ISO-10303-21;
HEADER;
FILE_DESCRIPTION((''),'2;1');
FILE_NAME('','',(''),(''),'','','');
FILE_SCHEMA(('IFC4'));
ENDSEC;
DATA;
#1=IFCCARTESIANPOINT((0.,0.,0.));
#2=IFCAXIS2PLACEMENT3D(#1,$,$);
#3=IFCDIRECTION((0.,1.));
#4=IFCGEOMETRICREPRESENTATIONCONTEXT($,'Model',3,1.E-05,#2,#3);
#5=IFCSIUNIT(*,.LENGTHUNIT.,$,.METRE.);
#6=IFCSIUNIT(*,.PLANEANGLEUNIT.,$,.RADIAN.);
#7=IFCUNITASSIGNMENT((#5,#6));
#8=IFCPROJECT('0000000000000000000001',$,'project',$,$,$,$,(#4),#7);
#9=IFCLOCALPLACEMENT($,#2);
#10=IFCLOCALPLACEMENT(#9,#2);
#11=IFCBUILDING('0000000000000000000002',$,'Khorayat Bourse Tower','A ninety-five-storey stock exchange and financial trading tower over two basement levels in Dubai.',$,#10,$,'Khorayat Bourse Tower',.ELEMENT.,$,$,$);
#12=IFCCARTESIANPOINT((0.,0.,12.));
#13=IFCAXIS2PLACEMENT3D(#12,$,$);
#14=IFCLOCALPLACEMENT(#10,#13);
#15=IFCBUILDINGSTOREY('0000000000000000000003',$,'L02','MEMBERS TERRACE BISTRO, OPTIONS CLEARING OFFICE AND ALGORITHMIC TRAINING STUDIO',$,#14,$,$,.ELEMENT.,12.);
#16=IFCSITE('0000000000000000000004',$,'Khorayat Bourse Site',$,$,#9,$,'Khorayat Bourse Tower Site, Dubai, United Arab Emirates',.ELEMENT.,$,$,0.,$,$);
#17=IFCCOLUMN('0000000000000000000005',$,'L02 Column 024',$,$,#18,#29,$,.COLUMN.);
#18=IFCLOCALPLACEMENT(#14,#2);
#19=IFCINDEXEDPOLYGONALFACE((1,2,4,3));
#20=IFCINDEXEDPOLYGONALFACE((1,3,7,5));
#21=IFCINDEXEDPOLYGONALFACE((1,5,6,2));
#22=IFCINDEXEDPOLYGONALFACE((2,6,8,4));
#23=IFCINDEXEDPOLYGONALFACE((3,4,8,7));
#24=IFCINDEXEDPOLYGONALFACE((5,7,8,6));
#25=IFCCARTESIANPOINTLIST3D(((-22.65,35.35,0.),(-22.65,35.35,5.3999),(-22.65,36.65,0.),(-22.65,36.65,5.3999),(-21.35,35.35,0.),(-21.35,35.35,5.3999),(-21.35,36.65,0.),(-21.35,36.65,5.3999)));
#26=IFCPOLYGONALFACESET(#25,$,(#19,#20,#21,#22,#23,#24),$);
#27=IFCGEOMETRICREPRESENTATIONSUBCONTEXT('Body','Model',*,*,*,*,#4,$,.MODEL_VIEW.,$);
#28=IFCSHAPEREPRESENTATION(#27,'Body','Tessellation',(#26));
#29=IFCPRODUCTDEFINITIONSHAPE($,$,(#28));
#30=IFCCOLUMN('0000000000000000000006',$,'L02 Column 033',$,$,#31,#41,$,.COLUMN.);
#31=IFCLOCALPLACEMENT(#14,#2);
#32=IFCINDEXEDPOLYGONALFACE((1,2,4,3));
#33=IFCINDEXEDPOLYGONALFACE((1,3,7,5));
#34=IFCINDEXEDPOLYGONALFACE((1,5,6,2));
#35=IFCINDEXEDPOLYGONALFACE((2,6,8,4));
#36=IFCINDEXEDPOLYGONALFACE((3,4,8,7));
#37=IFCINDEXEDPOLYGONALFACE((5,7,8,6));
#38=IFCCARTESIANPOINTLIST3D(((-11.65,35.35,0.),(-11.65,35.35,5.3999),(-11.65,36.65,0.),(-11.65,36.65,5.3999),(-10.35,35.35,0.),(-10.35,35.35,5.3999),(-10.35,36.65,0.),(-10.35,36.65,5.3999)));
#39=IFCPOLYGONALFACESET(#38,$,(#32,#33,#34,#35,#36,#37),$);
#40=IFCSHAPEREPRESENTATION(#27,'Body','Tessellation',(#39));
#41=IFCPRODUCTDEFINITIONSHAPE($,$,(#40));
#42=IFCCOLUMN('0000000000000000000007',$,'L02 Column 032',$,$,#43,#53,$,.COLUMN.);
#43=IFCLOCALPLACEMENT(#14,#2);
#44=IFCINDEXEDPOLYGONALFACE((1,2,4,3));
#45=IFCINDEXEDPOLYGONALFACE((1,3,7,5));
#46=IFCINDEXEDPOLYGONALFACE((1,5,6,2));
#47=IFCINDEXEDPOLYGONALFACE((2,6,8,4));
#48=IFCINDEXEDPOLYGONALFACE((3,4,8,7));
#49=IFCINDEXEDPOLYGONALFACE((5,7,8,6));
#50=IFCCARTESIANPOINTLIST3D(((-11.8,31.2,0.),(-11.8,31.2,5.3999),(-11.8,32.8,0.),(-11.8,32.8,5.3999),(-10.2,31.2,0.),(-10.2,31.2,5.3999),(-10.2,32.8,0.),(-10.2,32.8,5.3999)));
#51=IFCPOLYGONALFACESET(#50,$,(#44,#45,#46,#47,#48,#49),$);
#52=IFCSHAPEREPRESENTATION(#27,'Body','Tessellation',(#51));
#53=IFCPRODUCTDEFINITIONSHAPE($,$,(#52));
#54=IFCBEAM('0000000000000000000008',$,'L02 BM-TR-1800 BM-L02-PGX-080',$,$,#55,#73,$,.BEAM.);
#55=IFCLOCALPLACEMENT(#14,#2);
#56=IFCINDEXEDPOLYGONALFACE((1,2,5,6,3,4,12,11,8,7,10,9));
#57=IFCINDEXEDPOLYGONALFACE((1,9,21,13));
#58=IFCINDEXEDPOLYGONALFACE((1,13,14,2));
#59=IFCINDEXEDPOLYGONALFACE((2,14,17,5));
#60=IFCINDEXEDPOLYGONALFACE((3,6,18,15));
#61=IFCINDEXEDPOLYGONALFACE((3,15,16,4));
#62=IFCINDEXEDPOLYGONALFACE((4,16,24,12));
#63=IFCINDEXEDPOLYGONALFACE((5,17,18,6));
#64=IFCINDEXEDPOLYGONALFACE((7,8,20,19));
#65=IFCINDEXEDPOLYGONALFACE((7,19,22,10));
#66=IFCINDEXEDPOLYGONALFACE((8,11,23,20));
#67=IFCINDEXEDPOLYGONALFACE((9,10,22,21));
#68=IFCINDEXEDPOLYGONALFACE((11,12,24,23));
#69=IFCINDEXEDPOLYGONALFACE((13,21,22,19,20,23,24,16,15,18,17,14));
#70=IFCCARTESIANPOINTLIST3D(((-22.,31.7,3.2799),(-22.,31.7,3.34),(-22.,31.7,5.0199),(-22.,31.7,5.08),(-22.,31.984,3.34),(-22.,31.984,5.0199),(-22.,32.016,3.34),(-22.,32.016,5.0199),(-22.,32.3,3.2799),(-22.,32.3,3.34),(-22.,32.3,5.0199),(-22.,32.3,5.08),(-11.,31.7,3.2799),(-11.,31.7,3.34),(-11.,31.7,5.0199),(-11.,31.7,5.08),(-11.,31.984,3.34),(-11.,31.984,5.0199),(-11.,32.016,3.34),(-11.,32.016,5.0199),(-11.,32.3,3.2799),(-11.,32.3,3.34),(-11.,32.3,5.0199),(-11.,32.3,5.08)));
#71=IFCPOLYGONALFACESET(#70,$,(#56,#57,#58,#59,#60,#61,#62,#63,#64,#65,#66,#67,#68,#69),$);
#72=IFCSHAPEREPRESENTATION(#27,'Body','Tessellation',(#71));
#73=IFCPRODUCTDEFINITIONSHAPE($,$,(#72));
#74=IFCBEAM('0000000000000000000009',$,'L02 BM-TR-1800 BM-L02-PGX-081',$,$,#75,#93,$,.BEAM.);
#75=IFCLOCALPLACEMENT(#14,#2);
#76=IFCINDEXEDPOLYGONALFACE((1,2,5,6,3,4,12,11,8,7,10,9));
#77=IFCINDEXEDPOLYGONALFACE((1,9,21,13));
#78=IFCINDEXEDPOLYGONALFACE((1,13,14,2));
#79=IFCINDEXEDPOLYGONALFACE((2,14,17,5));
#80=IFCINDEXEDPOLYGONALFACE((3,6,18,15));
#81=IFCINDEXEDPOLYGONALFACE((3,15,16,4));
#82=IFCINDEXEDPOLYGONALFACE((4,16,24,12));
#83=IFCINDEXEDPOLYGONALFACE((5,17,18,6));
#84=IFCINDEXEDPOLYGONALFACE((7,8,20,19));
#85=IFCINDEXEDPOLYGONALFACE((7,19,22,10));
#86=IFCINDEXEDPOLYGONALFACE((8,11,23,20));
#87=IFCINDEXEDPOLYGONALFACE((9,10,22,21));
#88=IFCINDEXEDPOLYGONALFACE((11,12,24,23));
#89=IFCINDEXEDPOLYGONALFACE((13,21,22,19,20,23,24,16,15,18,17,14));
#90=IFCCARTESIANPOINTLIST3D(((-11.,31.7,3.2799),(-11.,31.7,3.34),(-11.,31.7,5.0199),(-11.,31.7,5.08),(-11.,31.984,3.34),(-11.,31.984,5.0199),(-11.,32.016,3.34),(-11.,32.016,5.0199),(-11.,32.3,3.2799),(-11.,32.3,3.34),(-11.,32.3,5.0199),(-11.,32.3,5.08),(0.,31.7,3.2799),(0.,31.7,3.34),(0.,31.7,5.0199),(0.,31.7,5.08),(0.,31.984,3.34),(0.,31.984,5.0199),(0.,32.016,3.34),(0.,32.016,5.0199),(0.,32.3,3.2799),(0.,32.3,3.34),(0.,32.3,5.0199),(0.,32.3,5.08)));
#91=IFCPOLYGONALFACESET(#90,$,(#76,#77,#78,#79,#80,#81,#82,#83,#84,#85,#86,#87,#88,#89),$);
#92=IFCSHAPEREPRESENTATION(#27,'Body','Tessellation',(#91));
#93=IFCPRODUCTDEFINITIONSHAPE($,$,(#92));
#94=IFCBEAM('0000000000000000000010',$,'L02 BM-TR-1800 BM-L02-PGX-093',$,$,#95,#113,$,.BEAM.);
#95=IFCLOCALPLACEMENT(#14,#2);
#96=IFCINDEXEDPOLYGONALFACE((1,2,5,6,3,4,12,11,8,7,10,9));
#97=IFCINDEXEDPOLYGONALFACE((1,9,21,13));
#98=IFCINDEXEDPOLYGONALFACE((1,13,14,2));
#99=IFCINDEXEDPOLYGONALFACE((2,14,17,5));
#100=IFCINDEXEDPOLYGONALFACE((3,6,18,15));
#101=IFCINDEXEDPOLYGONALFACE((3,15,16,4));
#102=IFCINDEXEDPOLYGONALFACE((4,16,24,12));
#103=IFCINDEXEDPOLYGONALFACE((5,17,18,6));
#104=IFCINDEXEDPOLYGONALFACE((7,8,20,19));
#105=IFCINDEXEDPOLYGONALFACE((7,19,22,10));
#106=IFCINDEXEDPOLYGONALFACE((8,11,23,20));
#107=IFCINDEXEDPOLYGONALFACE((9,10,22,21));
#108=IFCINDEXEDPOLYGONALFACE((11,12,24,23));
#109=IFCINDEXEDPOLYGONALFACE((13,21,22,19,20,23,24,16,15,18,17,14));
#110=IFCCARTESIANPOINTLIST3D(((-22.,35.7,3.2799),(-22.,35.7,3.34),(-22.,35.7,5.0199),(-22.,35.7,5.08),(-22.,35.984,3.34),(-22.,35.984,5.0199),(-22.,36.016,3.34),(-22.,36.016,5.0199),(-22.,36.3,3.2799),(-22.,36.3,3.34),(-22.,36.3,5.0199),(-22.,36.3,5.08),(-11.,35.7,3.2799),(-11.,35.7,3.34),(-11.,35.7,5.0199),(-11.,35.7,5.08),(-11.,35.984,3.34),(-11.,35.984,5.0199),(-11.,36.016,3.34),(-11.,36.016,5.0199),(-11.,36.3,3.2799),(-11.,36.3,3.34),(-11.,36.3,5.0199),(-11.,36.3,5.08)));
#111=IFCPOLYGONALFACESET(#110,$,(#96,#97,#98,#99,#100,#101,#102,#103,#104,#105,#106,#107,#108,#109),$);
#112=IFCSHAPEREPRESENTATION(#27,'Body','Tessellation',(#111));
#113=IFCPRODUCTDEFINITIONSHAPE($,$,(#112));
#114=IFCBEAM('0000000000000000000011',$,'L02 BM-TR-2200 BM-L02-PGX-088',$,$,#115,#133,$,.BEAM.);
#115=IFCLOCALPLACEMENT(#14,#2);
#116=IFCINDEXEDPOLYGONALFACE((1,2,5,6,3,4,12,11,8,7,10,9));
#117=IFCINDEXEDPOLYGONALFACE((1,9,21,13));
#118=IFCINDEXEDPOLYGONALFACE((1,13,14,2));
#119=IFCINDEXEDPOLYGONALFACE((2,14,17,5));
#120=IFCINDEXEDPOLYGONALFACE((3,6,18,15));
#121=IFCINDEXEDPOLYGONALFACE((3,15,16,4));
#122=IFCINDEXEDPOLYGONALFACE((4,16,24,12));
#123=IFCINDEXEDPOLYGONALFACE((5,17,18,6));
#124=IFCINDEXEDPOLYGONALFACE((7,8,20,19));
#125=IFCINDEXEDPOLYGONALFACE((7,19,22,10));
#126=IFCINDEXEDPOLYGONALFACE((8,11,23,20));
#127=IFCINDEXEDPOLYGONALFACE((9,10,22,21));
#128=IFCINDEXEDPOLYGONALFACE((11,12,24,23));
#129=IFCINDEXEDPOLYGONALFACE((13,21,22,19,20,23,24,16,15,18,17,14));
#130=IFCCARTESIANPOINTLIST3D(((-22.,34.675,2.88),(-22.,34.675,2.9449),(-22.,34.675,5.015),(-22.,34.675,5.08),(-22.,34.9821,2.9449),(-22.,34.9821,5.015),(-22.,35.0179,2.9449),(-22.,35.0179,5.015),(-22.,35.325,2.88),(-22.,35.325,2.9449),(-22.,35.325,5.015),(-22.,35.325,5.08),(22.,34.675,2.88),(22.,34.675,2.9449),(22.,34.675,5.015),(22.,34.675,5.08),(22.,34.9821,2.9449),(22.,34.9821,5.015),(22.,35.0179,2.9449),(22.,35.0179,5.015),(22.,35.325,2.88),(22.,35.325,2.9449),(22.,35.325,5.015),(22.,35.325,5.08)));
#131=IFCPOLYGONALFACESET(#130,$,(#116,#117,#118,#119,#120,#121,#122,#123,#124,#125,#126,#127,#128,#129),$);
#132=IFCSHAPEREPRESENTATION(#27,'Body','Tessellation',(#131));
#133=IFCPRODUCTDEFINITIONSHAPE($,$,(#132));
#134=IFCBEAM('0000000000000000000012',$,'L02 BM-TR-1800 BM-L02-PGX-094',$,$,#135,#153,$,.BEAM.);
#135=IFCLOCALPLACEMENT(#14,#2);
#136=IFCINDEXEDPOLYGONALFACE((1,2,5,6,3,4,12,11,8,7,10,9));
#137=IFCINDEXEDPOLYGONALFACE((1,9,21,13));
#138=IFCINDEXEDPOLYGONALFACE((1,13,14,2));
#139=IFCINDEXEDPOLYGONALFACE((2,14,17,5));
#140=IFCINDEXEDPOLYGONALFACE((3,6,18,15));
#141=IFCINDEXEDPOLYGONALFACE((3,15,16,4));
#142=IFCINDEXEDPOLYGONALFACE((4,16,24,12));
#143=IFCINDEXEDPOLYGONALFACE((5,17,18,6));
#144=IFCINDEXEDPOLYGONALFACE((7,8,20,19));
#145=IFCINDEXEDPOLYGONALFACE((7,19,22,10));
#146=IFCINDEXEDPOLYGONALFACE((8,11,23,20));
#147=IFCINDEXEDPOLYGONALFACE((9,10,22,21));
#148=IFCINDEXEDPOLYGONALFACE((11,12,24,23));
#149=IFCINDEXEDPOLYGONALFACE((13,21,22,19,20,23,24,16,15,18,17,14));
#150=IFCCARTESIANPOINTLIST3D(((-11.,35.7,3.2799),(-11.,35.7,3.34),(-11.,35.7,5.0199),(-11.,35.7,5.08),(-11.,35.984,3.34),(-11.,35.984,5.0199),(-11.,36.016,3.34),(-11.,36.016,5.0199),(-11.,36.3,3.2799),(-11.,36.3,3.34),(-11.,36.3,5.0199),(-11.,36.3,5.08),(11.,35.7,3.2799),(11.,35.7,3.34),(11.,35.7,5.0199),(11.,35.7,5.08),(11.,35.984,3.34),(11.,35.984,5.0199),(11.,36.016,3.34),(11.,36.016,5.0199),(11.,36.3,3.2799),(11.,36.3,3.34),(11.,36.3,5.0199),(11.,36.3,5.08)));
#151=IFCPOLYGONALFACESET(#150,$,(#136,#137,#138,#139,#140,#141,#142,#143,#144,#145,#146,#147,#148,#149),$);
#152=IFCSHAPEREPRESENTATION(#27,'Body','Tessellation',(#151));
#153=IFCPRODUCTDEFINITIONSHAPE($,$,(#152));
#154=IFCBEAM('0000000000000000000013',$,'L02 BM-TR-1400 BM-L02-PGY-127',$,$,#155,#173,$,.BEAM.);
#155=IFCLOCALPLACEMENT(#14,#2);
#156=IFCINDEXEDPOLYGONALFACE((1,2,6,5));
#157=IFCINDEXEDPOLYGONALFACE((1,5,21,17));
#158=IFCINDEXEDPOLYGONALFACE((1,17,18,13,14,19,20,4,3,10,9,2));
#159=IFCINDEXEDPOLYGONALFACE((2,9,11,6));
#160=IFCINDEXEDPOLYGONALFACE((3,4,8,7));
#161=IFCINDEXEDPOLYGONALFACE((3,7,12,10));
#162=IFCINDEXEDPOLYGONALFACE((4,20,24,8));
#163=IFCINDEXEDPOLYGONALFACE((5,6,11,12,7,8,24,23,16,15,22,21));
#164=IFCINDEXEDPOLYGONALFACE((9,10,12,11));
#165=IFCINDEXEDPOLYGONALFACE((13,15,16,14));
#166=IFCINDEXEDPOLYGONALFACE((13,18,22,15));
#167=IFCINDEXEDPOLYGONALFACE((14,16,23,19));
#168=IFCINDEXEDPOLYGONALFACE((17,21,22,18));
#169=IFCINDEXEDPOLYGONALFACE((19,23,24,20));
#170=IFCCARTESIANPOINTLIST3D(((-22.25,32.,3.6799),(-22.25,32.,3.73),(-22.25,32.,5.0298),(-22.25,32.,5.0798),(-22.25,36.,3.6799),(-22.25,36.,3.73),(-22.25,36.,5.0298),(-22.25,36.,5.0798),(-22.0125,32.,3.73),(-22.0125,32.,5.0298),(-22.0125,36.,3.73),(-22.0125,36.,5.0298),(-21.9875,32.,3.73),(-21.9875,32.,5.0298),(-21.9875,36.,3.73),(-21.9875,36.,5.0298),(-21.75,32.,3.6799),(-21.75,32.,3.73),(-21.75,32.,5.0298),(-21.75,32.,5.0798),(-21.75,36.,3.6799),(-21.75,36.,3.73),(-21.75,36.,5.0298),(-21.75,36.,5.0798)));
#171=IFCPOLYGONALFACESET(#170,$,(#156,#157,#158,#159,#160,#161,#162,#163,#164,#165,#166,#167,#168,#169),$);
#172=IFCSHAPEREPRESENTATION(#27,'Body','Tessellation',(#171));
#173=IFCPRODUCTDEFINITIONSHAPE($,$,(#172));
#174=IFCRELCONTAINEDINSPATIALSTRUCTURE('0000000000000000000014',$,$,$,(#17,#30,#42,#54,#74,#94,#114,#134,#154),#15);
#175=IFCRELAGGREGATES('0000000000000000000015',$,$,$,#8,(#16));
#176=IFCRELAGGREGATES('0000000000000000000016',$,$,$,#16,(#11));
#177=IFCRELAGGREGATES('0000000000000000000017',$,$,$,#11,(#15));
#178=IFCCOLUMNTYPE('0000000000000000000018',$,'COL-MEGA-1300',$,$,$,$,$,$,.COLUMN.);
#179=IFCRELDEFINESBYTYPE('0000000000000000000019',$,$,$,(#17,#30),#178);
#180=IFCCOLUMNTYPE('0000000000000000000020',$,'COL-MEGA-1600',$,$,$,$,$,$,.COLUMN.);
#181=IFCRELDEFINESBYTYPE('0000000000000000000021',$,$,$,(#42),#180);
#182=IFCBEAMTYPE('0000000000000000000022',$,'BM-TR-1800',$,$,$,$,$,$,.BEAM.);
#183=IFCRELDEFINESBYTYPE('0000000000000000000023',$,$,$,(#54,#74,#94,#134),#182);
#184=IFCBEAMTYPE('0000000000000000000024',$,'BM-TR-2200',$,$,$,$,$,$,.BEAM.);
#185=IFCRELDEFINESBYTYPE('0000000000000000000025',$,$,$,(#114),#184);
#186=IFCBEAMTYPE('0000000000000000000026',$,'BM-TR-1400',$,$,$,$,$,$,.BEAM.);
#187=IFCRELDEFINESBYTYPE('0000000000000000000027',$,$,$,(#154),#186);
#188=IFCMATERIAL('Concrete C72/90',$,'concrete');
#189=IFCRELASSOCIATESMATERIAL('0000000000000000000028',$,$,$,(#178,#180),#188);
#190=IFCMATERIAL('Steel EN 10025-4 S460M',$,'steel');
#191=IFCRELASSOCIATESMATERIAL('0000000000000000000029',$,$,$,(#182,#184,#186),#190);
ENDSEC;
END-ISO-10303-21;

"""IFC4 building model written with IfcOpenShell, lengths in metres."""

from ifc_helpers import new_model, si_unit, direction, frame, origin, origin_2d, place, context, subcontext, project, spatial, rectangle, i_section, extrude, source, transform, mapped, material, material_profile, profile_set, type_object, element, save


model = new_model("IFC4")

# Units and contexts
model_context = context("Model", 3, precision=1e-05, world=origin(), true_north=direction((0.0, 1.0)))
body_context = subcontext(model_context, "Body", "Model", "MODEL_VIEW")
ifc_project = project(units=[si_unit("LENGTHUNIT", "METRE"), si_unit("PLANEANGLEUNIT", "RADIAN")], contexts=[model_context])

# Site, building, storey
site_placement = place(None, origin())
site = spatial("IfcSite", under=ifc_project, at=site_placement, Name="Khorayat Bourse Site", LongName="Khorayat Bourse Tower Site, Dubai, United Arab Emirates", CompositionType="ELEMENT", RefElevation=0.0)
building_placement = place(site_placement, origin())
building = spatial("IfcBuilding", under=site, at=building_placement, Name="Khorayat Bourse Tower", Description="A ninety-five-storey stock exchange and financial trading tower over two basement levels in Dubai.", LongName="Khorayat Bourse Tower", CompositionType="ELEMENT")
storey_placement = place(building_placement, frame((0.0, 0.0, 12.0)))
storey = spatial("IfcBuildingStorey", under=building, at=storey_placement, Name="L02", Description="MEMBERS TERRACE BISTRO, OPTIONS CLEARING OFFICE AND ALGORITHMIC TRAINING STUDIO", CompositionType="ELEMENT", Elevation=12.0)

# Columns
ifc_material_1 = material(Name="Concrete C72/90", Category="concrete")
ifc_material_profile_1 = material_profile(ifc_material_1, rectangle(XDim=1.3, YDim=1.3, at=origin_2d()), Name="RC 1300x1300")
ifc_profile_set_1 = profile_set([ifc_material_profile_1], Name="Concrete C72/90")
column_type_1 = type_object("IfcColumnType", Name="COL-MEGA-1300", PredefinedType="COLUMN", material=ifc_profile_set_1)
shared_shape_1 = source(origin(), body_context, "Body", "SweptSolid", [
    extrude(rectangle(XDim=1.3, YDim=1.3, at=origin_2d()), origin(), (0.0, 0.0, 1.0), 5.3999),
])
for number, where, z_axis, x_axis, name in (
    (1, (-22.0, 36.0, 0.0), (0.0, 0.0, 1.0), (1.0, 0.0, 0.0), "L02 Column 024"),
    (2, (-11.0, 36.0, 0.0), (0.0, 0.0, 1.0), (1.0, 0.0, 0.0), "L02 Column 033"),
):
    element("IfcColumn", number, at=place(storey_placement, frame(where, z_axis=z_axis, x_axis=x_axis)), inside=storey, type_object=column_type_1, Name=name, PredefinedType="COLUMN", context=body_context, shape_type="MappedRepresentation", body=[
        mapped(shared_shape_1, transform((0.0, 0.0, 0.0), scale=1.0)),
    ])
ifc_material_profile_2 = material_profile(ifc_material_1, rectangle(XDim=1.6001, YDim=1.6001, at=origin_2d()), Name="RC 1600x1600")
ifc_profile_set_2 = profile_set([ifc_material_profile_2], Name="Concrete C72/90")
column_type_2 = type_object("IfcColumnType", Name="COL-MEGA-1600", PredefinedType="COLUMN", material=ifc_profile_set_2)
shared_shape_2 = source(origin(), body_context, "Body", "SweptSolid", [
    extrude(rectangle(XDim=1.6001, YDim=1.6001, at=origin_2d()), origin(), (0.0, 0.0, 1.0), 5.3999),
])
column_placement = place(storey_placement, frame((-11.0, 32.0, 0.0), z_axis=(0.0, 0.0, 1.0), x_axis=(1.0, 0.0, 0.0)))
element("IfcColumn", 3, at=column_placement, inside=storey, type_object=column_type_2, Name="L02 Column 032", PredefinedType="COLUMN", context=body_context, shape_type="MappedRepresentation", body=[
    mapped(shared_shape_2, transform((0.0, 0.0, 0.0), scale=1.0)),
])

# Beams
ifc_material_2 = material(Name="Steel EN 10025-4 S460M", Category="steel")
ifc_material_profile_3 = material_profile(ifc_material_2, i_section(OverallWidth=0.6001, OverallDepth=1.8, WebThickness=0.032, FlangeThickness=0.0601, at=origin_2d()), Name="PG 1800x600x32x60")
ifc_profile_set_3 = profile_set([ifc_material_profile_3], Name="Steel EN 10025-4 S460M")
beam_type_1 = type_object("IfcBeamType", Name="BM-TR-1800", PredefinedType="BEAM", material=ifc_profile_set_3)
shared_shape_3 = source(origin(), body_context, "Body", "SweptSolid", [
    extrude(i_section(OverallWidth=0.6001, OverallDepth=1.8, WebThickness=0.032, FlangeThickness=0.0601, at=origin_2d()), origin(), (0.0, 0.0, 1.0), 11.0),
])
for number, where, z_axis, x_axis, name in (
    (4, (-22.0, 32.0, 4.1799), (1.0, 0.0, 0.0), (0.0, 1.0, 0.0), "L02 BM-TR-1800 BM-L02-PGX-080"),
    (5, (-11.0, 32.0, 4.1799), (1.0, 0.0, 0.0), (0.0, 1.0, 0.0), "L02 BM-TR-1800 BM-L02-PGX-081"),
    (6, (-22.0, 36.0, 4.1799), (1.0, 0.0, 0.0), (0.0, 1.0, 0.0), "L02 BM-TR-1800 BM-L02-PGX-093"),
):
    element("IfcBeam", number, at=place(storey_placement, frame(where, z_axis=z_axis, x_axis=x_axis)), inside=storey, type_object=beam_type_1, Name=name, PredefinedType="BEAM", context=body_context, shape_type="MappedRepresentation", body=[
        mapped(shared_shape_3, transform((0.0, 0.0, 0.0), scale=1.0)),
    ])
ifc_material_profile_4 = material_profile(ifc_material_2, i_section(OverallWidth=0.6499, OverallDepth=2.2, WebThickness=0.0359, FlangeThickness=0.0649, at=origin_2d()), Name="PG 2200x650x36x65")
ifc_profile_set_4 = profile_set([ifc_material_profile_4], Name="Steel EN 10025-4 S460M")
beam_type_2 = type_object("IfcBeamType", Name="BM-TR-2200", PredefinedType="BEAM", material=ifc_profile_set_4)
shared_shape_4 = source(origin(), body_context, "Body", "SweptSolid", [
    extrude(i_section(OverallWidth=0.6499, OverallDepth=2.2, WebThickness=0.0359, FlangeThickness=0.0649, at=origin_2d()), origin(), (0.0, 0.0, 1.0), 44.0),
])
beam_1_placement = place(storey_placement, frame((-22.0, 35.0, 3.98), z_axis=(1.0, 0.0, 0.0), x_axis=(0.0, 1.0, 0.0)))
element("IfcBeam", 7, at=beam_1_placement, inside=storey, type_object=beam_type_2, Name="L02 BM-TR-2200 BM-L02-PGX-088", PredefinedType="BEAM", context=body_context, shape_type="MappedRepresentation", body=[
    mapped(shared_shape_4, transform((0.0, 0.0, 0.0), scale=1.0)),
])
shared_shape_5 = source(origin(), body_context, "Body", "SweptSolid", [
    extrude(i_section(OverallWidth=0.6001, OverallDepth=1.8, WebThickness=0.032, FlangeThickness=0.0601, at=origin_2d()), origin(), (0.0, 0.0, 1.0), 22.0),
])
beam_2_placement = place(storey_placement, frame((-11.0, 36.0, 4.1799), z_axis=(1.0, 0.0, 0.0), x_axis=(0.0, 1.0, 0.0)))
element("IfcBeam", 8, at=beam_2_placement, inside=storey, type_object=beam_type_1, Name="L02 BM-TR-1800 BM-L02-PGX-094", PredefinedType="BEAM", context=body_context, shape_type="MappedRepresentation", body=[
    mapped(shared_shape_5, transform((0.0, 0.0, 0.0), scale=1.0)),
])
ifc_material_profile_5 = material_profile(ifc_material_2, i_section(OverallWidth=0.5, OverallDepth=1.3999, WebThickness=0.0249, FlangeThickness=0.05, at=origin_2d()), Name="PG 1400x500x25x50")
ifc_profile_set_5 = profile_set([ifc_material_profile_5], Name="Steel EN 10025-4 S460M")
beam_type_3 = type_object("IfcBeamType", Name="BM-TR-1400", PredefinedType="BEAM", material=ifc_profile_set_5)
shared_shape_6 = source(origin(), body_context, "Body", "SweptSolid", [
    extrude(i_section(OverallWidth=0.5, OverallDepth=1.3999, WebThickness=0.0249, FlangeThickness=0.05, at=origin_2d()), origin(), (0.0, 0.0, 1.0), 4.0),
])
for number, where, z_axis, x_axis, name in (
    (9, (-22.0, 32.0, 4.3799), (0.0, 1.0, 0.0), (-1.0, 0.0, 0.0), "L02 BM-TR-1400 BM-L02-PGY-127"),
):
    element("IfcBeam", number, at=place(storey_placement, frame(where, z_axis=z_axis, x_axis=x_axis)), inside=storey, type_object=beam_type_3, Name=name, PredefinedType="BEAM", context=body_context, shape_type="MappedRepresentation", body=[
        mapped(shared_shape_6, transform((0.0, 0.0, 0.0), scale=1.0)),
    ])

save(model, "model.ifc")
